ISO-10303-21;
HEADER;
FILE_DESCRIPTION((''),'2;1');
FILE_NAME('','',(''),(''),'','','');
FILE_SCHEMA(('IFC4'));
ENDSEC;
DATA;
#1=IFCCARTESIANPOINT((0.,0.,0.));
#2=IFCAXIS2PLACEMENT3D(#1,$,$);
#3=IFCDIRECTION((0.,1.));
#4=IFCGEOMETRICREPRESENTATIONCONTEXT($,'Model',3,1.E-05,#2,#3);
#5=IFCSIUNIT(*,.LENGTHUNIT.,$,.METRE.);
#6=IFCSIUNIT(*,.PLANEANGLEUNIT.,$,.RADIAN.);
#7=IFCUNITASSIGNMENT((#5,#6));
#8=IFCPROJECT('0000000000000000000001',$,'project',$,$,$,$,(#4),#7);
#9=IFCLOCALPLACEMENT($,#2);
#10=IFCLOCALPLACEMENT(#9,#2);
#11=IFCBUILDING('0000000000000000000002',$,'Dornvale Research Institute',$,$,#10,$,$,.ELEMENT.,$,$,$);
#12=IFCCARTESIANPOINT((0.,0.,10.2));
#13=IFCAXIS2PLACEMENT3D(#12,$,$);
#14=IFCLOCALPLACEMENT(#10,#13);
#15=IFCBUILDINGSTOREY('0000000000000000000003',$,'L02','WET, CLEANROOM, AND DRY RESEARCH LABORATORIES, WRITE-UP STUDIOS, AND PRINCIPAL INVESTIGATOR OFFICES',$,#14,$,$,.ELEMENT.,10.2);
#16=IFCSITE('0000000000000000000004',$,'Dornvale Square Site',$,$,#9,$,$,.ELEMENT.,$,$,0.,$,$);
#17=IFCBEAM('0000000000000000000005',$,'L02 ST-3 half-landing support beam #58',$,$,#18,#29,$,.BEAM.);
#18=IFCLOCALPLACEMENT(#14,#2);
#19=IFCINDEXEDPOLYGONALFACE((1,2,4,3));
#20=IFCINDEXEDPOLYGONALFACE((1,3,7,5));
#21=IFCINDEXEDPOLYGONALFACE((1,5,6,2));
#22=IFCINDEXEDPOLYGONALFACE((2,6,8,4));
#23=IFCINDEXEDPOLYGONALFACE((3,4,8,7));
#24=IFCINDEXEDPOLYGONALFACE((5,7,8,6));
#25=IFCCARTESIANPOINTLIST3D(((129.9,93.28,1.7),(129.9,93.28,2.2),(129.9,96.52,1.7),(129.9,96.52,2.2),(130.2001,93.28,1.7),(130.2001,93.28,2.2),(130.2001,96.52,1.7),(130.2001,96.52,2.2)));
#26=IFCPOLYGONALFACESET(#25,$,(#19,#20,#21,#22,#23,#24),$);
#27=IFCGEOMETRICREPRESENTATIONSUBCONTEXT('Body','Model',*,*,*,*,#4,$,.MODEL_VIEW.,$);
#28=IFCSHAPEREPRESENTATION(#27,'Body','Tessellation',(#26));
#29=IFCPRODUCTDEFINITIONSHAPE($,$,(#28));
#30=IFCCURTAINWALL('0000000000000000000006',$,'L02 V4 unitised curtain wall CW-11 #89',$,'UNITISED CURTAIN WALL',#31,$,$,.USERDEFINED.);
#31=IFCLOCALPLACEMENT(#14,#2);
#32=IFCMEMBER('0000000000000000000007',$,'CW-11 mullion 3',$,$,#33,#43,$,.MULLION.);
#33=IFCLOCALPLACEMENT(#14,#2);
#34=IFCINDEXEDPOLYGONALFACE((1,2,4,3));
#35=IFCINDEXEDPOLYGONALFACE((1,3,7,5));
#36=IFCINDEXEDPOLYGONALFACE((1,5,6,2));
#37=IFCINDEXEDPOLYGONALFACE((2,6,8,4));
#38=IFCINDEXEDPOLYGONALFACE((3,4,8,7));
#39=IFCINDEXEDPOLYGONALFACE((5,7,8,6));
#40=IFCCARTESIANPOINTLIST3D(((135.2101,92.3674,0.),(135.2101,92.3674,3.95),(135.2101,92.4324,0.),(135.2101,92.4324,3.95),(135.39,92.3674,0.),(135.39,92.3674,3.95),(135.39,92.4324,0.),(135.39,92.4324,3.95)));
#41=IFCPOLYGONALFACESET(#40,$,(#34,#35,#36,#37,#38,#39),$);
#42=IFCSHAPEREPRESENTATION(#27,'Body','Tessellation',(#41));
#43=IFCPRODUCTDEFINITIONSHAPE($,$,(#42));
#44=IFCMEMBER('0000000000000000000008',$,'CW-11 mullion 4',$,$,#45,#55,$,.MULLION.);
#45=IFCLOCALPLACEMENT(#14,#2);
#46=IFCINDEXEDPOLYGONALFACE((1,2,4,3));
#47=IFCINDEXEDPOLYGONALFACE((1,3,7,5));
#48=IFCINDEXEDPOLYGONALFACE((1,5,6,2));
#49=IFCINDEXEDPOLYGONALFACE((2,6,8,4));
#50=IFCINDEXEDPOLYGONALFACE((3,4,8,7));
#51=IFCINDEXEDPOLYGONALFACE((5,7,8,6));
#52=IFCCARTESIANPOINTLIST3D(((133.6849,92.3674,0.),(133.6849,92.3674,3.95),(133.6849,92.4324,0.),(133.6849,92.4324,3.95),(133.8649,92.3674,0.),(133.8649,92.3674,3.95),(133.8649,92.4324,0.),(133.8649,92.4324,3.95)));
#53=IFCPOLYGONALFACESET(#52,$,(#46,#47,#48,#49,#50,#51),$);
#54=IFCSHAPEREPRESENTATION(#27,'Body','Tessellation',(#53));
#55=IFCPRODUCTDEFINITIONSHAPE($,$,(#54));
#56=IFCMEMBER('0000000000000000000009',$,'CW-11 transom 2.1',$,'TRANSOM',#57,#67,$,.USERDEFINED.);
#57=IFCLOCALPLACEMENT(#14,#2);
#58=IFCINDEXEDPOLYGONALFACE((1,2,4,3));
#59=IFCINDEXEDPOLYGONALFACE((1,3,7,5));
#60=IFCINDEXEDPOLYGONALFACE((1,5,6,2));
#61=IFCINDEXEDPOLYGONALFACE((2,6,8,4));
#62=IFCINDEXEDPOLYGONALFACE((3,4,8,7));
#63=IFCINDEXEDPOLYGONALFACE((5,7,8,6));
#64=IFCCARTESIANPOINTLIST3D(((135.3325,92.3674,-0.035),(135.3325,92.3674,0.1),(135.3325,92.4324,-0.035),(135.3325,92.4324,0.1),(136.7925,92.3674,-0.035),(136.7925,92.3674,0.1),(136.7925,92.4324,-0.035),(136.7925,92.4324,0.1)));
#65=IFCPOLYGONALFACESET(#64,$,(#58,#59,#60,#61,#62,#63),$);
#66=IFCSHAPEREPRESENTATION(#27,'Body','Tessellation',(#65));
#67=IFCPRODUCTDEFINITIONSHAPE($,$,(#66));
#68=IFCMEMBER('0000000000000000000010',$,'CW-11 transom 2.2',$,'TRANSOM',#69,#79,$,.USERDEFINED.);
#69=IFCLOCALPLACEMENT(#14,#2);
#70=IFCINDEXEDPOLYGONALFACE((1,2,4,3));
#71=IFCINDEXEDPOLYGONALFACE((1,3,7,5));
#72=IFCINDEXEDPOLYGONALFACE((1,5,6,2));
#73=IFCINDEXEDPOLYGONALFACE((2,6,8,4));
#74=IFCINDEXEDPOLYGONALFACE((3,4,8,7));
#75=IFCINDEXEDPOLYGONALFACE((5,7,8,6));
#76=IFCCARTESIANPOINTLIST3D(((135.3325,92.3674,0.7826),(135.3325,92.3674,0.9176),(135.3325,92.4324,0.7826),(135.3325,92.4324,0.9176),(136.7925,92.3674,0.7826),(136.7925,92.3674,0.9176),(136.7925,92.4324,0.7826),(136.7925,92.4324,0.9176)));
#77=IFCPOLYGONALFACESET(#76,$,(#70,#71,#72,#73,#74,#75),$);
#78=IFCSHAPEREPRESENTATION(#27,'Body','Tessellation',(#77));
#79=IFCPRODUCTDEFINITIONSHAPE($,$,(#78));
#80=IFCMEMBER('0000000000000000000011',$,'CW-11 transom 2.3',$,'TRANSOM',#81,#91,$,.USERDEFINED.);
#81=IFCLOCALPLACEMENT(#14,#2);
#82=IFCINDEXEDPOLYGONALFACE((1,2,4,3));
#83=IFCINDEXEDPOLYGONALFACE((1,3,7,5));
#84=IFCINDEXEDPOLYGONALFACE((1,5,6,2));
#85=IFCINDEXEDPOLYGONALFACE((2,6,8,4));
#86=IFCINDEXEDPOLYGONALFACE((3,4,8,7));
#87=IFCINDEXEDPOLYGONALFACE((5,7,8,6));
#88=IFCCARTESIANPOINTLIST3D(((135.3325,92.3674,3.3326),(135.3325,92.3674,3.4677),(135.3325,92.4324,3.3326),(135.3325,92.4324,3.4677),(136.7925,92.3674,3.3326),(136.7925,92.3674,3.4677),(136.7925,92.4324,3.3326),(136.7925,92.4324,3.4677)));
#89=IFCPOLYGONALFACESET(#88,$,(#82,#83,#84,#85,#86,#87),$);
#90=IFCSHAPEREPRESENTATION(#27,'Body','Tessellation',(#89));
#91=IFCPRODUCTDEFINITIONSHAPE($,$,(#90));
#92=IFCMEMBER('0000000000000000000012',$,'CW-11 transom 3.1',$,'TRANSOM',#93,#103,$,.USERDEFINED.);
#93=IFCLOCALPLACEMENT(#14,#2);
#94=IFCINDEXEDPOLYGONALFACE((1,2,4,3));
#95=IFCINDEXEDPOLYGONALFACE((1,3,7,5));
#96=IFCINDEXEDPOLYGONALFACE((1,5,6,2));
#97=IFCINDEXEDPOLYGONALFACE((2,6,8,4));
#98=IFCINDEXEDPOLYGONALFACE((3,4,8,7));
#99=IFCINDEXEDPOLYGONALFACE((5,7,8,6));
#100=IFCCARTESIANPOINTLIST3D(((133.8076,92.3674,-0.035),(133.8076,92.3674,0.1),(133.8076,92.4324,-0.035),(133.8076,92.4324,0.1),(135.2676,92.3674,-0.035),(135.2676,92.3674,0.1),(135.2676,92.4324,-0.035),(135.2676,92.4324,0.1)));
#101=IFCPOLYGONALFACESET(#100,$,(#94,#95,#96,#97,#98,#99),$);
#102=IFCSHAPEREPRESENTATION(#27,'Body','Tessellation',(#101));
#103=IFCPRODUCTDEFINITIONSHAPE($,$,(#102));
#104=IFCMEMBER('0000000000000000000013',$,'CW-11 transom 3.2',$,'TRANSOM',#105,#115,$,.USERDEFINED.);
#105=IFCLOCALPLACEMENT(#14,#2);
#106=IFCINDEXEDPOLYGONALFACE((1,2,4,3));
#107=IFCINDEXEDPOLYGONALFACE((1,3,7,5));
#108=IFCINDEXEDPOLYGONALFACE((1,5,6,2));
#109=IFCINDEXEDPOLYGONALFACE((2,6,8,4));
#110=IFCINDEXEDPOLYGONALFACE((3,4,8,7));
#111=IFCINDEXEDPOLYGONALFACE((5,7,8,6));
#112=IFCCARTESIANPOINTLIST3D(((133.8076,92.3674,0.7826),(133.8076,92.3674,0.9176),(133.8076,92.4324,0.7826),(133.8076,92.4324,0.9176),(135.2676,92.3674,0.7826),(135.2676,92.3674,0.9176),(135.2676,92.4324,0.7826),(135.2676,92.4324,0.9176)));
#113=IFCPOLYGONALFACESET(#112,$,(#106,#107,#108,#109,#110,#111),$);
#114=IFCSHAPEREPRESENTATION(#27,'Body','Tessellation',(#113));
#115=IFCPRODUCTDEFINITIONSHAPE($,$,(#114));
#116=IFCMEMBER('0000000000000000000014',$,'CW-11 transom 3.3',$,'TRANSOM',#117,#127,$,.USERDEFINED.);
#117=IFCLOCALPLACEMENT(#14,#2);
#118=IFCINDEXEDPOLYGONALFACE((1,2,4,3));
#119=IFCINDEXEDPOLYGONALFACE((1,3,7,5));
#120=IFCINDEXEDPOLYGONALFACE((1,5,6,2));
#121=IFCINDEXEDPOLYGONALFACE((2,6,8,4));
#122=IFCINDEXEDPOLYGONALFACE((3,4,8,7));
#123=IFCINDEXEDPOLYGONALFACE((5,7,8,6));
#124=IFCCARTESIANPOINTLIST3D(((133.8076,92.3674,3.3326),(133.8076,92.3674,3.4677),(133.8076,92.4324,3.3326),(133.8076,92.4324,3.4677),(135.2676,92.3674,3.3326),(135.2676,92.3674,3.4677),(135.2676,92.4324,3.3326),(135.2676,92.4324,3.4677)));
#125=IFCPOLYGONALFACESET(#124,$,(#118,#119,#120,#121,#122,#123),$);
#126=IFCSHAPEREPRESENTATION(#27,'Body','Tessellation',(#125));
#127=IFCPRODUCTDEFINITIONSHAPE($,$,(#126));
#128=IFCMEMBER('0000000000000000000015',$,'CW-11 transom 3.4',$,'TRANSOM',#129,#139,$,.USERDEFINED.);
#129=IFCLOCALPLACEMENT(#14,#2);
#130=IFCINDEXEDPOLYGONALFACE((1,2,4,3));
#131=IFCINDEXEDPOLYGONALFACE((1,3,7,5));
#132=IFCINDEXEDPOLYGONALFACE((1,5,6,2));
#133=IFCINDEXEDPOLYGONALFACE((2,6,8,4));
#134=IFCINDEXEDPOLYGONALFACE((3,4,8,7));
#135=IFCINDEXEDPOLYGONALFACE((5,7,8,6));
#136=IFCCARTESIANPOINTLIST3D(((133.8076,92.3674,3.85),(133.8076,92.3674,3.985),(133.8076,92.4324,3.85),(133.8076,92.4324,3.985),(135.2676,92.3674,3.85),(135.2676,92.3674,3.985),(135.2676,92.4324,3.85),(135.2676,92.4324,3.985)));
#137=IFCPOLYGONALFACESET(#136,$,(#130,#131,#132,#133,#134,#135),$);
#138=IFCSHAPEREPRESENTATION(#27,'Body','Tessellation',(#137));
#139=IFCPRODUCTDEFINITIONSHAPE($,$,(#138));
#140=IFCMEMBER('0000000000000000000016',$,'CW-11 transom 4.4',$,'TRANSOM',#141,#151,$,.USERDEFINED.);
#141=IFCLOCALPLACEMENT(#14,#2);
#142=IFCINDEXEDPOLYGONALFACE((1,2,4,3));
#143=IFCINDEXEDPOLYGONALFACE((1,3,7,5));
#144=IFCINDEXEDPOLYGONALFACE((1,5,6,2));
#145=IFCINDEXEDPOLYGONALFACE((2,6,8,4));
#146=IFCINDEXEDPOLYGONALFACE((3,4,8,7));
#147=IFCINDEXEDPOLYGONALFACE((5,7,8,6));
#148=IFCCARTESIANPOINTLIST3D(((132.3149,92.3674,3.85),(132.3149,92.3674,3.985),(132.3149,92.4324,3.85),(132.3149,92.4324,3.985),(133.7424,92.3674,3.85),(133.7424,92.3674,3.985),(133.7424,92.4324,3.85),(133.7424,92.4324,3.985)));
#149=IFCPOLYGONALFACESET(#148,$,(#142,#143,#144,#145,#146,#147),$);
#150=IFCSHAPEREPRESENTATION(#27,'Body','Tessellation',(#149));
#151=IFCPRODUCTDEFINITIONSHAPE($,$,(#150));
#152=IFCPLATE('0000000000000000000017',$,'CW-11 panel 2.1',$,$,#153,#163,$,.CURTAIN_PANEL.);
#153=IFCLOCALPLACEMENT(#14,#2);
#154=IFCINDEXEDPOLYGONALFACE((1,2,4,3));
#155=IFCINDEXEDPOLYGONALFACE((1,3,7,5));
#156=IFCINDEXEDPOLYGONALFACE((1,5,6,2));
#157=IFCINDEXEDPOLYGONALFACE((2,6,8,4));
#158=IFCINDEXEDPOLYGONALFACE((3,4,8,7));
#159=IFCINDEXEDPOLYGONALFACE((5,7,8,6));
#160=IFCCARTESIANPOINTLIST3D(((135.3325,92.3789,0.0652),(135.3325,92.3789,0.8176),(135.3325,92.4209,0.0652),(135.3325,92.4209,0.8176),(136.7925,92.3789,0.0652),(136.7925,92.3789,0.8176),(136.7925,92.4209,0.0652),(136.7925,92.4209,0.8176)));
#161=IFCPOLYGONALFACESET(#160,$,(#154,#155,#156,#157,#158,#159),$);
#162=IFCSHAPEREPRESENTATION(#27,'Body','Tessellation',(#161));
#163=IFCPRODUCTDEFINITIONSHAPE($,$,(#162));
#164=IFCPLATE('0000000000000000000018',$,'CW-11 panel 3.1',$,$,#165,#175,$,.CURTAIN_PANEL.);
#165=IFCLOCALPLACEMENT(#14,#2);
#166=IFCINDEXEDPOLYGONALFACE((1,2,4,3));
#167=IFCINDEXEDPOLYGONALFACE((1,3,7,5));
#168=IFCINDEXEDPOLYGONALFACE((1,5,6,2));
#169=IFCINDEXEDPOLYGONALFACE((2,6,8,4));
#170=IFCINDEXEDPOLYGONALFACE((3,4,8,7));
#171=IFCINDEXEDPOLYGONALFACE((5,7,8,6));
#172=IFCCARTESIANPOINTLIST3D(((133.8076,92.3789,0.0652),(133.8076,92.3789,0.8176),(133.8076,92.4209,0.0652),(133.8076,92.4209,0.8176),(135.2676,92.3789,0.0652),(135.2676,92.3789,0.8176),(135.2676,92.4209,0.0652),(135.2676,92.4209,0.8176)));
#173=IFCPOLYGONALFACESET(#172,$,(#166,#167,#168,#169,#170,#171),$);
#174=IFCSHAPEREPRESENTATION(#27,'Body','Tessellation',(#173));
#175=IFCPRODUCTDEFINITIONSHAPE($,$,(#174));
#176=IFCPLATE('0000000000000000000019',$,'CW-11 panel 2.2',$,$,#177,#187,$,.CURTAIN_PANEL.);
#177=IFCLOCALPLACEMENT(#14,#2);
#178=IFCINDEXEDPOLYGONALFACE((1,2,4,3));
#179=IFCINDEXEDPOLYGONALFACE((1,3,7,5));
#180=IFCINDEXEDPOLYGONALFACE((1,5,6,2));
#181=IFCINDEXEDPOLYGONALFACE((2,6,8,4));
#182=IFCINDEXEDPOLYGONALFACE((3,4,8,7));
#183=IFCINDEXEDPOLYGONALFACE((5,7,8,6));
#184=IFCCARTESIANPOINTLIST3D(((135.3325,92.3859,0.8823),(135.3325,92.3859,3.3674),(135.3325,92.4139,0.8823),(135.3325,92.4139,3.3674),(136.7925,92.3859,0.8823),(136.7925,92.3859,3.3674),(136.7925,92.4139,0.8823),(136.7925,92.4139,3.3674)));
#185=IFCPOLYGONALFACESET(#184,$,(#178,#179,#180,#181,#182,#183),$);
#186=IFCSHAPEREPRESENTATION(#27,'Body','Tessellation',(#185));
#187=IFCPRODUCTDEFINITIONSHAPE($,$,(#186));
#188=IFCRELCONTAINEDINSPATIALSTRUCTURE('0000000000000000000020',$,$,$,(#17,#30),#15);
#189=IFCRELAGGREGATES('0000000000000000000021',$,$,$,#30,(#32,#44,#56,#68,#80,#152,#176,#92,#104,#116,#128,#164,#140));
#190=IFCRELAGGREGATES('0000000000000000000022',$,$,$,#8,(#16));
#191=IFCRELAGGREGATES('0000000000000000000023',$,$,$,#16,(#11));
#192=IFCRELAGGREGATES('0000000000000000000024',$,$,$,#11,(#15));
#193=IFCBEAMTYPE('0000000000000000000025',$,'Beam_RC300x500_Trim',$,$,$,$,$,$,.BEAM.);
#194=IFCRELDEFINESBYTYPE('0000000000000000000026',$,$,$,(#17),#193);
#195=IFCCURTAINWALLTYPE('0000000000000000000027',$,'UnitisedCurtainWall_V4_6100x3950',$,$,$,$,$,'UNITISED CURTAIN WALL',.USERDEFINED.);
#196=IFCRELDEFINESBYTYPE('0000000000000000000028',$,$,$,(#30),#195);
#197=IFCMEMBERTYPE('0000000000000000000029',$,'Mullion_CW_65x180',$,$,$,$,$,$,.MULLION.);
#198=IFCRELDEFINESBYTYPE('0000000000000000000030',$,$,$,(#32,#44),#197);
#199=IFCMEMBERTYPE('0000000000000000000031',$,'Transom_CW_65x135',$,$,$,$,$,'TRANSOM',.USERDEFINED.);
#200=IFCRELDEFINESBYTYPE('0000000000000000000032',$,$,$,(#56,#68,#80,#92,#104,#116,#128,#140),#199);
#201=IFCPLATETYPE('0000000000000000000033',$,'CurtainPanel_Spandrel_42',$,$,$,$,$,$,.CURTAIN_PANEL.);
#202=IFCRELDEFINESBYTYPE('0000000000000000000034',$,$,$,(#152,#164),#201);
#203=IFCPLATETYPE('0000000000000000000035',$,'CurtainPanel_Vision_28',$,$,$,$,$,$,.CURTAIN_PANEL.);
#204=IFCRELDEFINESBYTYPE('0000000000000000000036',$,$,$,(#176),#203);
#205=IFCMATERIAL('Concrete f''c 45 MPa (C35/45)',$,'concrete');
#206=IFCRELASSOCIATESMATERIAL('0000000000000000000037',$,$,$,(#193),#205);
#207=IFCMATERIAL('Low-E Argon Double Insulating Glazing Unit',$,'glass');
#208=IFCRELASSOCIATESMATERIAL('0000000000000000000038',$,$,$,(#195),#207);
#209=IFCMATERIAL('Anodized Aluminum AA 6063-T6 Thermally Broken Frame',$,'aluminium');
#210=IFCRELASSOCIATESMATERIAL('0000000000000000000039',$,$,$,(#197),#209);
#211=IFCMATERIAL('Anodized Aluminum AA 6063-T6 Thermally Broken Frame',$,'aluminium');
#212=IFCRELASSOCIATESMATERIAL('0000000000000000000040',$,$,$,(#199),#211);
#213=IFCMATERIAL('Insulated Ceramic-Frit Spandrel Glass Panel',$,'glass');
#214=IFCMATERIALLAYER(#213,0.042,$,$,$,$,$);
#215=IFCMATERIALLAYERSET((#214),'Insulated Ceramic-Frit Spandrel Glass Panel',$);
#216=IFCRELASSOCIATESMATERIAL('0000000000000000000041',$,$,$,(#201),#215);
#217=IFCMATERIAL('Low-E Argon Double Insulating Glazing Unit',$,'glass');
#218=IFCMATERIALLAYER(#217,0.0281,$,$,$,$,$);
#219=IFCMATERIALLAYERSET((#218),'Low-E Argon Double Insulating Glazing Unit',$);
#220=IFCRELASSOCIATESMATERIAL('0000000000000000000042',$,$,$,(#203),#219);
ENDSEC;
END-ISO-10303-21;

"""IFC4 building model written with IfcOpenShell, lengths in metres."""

from ifc_helpers import new_model, si_unit, direction, frame, origin, origin_2d, place, context, subcontext, project, spatial, rectangle, extrude, material, layer, layer_set, material_profile, profile_set, type_object, element, aggregate, save


model = new_model("IFC4")

# Units and contexts
model_context = context("Model", 3, precision=1e-05, world=origin(), true_north=direction((0.0, 1.0)))
body_context = subcontext(model_context, "Body", "Model", "MODEL_VIEW")
ifc_project = project(units=[si_unit("LENGTHUNIT", "METRE"), si_unit("PLANEANGLEUNIT", "RADIAN")], contexts=[model_context])

# Site, building, storey
site_placement = place(None, origin())
site = spatial("IfcSite", under=ifc_project, at=site_placement, Name="Dornvale Square Site", CompositionType="ELEMENT", RefElevation=0.0)
building_placement = place(site_placement, origin())
building = spatial("IfcBuilding", under=site, at=building_placement, Name="Dornvale Research Institute", CompositionType="ELEMENT")
storey_placement = place(building_placement, frame((0.0, 0.0, 10.2)))
storey = spatial("IfcBuildingStorey", under=building, at=storey_placement, Name="L02", Description="WET, CLEANROOM, AND DRY RESEARCH LABORATORIES, WRITE-UP STUDIOS, AND PRINCIPAL INVESTIGATOR OFFICES", CompositionType="ELEMENT", Elevation=10.2)

# Beam
ifc_material_1 = material(Name="Concrete f'c 45 MPa (C35/45)", Category="concrete")
ifc_material_profile_1 = material_profile(ifc_material_1, rectangle(XDim=0.3, YDim=0.5, at=origin_2d()), Name="RC 300x500")
ifc_profile_set_1 = profile_set([ifc_material_profile_1], Name="Concrete f'c 45 MPa (C35/45)")
beam_type = type_object("IfcBeamType", Name="Beam_RC300x500_Trim", PredefinedType="BEAM", material=ifc_profile_set_1)
beam_placement = place(storey_placement, frame((130.05, 93.28, 1.95), z_axis=(0.0, 1.0, 0.0), x_axis=(-1.0, 0.0, 0.0)))
element("IfcBeam", 1, at=beam_placement, inside=storey, type_object=beam_type, Name="L02 ST-3 half-landing support beam #58", PredefinedType="BEAM", context=body_context, shape_type="SweptSolid", body=[
    extrude(rectangle(XDim=0.3, YDim=0.5, at=origin_2d()), origin(), (0.0, 0.0, 1.0), 3.24),
])

# Curtain wall, members, plates
ifc_material_2 = material(Name="Low-E Argon Double Insulating Glazing Unit", Category="glass")
curtain_wall_type = type_object("IfcCurtainWallType", Name="UnitisedCurtainWall_V4_6100x3950", ElementType="UNITISED CURTAIN WALL", PredefinedType="USERDEFINED", material=ifc_material_2)
curtain_wall_placement = place(storey_placement, origin())
curtain_wall = element("IfcCurtainWall", 2, at=curtain_wall_placement, inside=storey, type_object=curtain_wall_type, Name="L02 V4 unitised curtain wall CW-11 #89", ObjectType="UNITISED CURTAIN WALL", PredefinedType="USERDEFINED")
ifc_material_3 = material(Name="Anodized Aluminum AA 6063-T6 Thermally Broken Frame", Category="aluminium")
ifc_material_profile_2 = material_profile(ifc_material_3, rectangle(XDim=0.0649, YDim=0.1799, at=origin_2d()), Name="ALU MULLION 65x180")
ifc_profile_set_2 = profile_set([ifc_material_profile_2], Name="Anodized Aluminum AA 6063-T6 Thermally Broken Frame")
member_type_1 = type_object("IfcMemberType", Name="Mullion_CW_65x180", PredefinedType="MULLION", material=ifc_profile_set_2)
member_1_placement = place(storey_placement, frame((135.3, 92.3999, 0.0), z_axis=(0.0, 0.0, 1.0), x_axis=(0.0, -1.0, 0.0)))
member_1 = element("IfcMember", 3, at=member_1_placement, type_object=member_type_1, Name="CW-11 mullion 3", PredefinedType="MULLION", context=body_context, shape_type="SweptSolid", body=[
    extrude(rectangle(XDim=0.0649, YDim=0.1799, at=origin_2d()), origin(), (0.0, 0.0, 1.0), 3.95),
])
member_2_placement = place(storey_placement, frame((133.7749, 92.3999, 0.0), z_axis=(0.0, 0.0, 1.0), x_axis=(0.0, -1.0, 0.0)))
member_2 = element("IfcMember", 4, at=member_2_placement, type_object=member_type_1, Name="CW-11 mullion 4", PredefinedType="MULLION", context=body_context, shape_type="SweptSolid", body=[
    extrude(rectangle(XDim=0.0649, YDim=0.1799, at=origin_2d()), origin(), (0.0, 0.0, 1.0), 3.95),
])
ifc_material_4 = material(Name="Anodized Aluminum AA 6063-T6 Thermally Broken Frame", Category="aluminium")
ifc_material_profile_3 = material_profile(ifc_material_4, rectangle(XDim=0.0649, YDim=0.135, at=origin_2d()), Name="ALU TRANSOM 65x135")
ifc_profile_set_3 = profile_set([ifc_material_profile_3], Name="Anodized Aluminum AA 6063-T6 Thermally Broken Frame")
member_type_2 = type_object("IfcMemberType", Name="Transom_CW_65x135", ElementType="TRANSOM", PredefinedType="USERDEFINED", material=ifc_profile_set_3)
member_3_placement = place(storey_placement, frame((136.7925, 92.3999, 0.0325), z_axis=(-1.0, 0.0, 0.0), x_axis=(0.0, -1.0, 0.0)))
member_3 = element("IfcMember", 5, at=member_3_placement, type_object=member_type_2, Name="CW-11 transom 2.1", ObjectType="TRANSOM", PredefinedType="USERDEFINED", context=body_context, shape_type="SweptSolid", body=[
    extrude(rectangle(XDim=0.0649, YDim=0.135, at=origin_2d()), origin(), (0.0, 0.0, 1.0), 1.46),
])
member_4_placement = place(storey_placement, frame((136.7925, 92.3999, 0.8501), z_axis=(-1.0, 0.0, 0.0), x_axis=(0.0, -1.0, 0.0)))
member_4 = element("IfcMember", 6, at=member_4_placement, type_object=member_type_2, Name="CW-11 transom 2.2", ObjectType="TRANSOM", PredefinedType="USERDEFINED", context=body_context, shape_type="SweptSolid", body=[
    extrude(rectangle(XDim=0.0649, YDim=0.135, at=origin_2d()), origin(), (0.0, 0.0, 1.0), 1.46),
])
member_5_placement = place(storey_placement, frame((136.7925, 92.3999, 3.4001), z_axis=(-1.0, 0.0, 0.0), x_axis=(0.0, -1.0, 0.0)))
member_5 = element("IfcMember", 7, at=member_5_placement, type_object=member_type_2, Name="CW-11 transom 2.3", ObjectType="TRANSOM", PredefinedType="USERDEFINED", context=body_context, shape_type="SweptSolid", body=[
    extrude(rectangle(XDim=0.0649, YDim=0.135, at=origin_2d()), origin(), (0.0, 0.0, 1.0), 1.46),
])
member_6_placement = place(storey_placement, frame((135.2676, 92.3999, 0.0325), z_axis=(-1.0, 0.0, 0.0), x_axis=(0.0, -1.0, 0.0)))
member_6 = element("IfcMember", 8, at=member_6_placement, type_object=member_type_2, Name="CW-11 transom 3.1", ObjectType="TRANSOM", PredefinedType="USERDEFINED", context=body_context, shape_type="SweptSolid", body=[
    extrude(rectangle(XDim=0.0649, YDim=0.135, at=origin_2d()), origin(), (0.0, 0.0, 1.0), 1.46),
])
member_7_placement = place(storey_placement, frame((135.2676, 92.3999, 0.8501), z_axis=(-1.0, 0.0, 0.0), x_axis=(0.0, -1.0, 0.0)))
member_7 = element("IfcMember", 9, at=member_7_placement, type_object=member_type_2, Name="CW-11 transom 3.2", ObjectType="TRANSOM", PredefinedType="USERDEFINED", context=body_context, shape_type="SweptSolid", body=[
    extrude(rectangle(XDim=0.0649, YDim=0.135, at=origin_2d()), origin(), (0.0, 0.0, 1.0), 1.46),
])
member_8_placement = place(storey_placement, frame((135.2676, 92.3999, 3.4001), z_axis=(-1.0, 0.0, 0.0), x_axis=(0.0, -1.0, 0.0)))
member_8 = element("IfcMember", 10, at=member_8_placement, type_object=member_type_2, Name="CW-11 transom 3.3", ObjectType="TRANSOM", PredefinedType="USERDEFINED", context=body_context, shape_type="SweptSolid", body=[
    extrude(rectangle(XDim=0.0649, YDim=0.135, at=origin_2d()), origin(), (0.0, 0.0, 1.0), 1.46),
])
member_9_placement = place(storey_placement, frame((135.2676, 92.3999, 3.9175), z_axis=(-1.0, 0.0, 0.0), x_axis=(0.0, -1.0, 0.0)))
member_9 = element("IfcMember", 11, at=member_9_placement, type_object=member_type_2, Name="CW-11 transom 3.4", ObjectType="TRANSOM", PredefinedType="USERDEFINED", context=body_context, shape_type="SweptSolid", body=[
    extrude(rectangle(XDim=0.0649, YDim=0.135, at=origin_2d()), origin(), (0.0, 0.0, 1.0), 1.46),
])
member_10_placement = place(storey_placement, frame((133.7424, 92.3999, 3.9175), z_axis=(-1.0, 0.0, 0.0), x_axis=(0.0, -1.0, 0.0)))
member_10 = element("IfcMember", 12, at=member_10_placement, type_object=member_type_2, Name="CW-11 transom 4.4", ObjectType="TRANSOM", PredefinedType="USERDEFINED", context=body_context, shape_type="SweptSolid", body=[
    extrude(rectangle(XDim=0.0649, YDim=0.135, at=origin_2d()), origin(), (0.0, 0.0, 1.0), 1.4275),
])
ifc_material_5 = material(Name="Insulated Ceramic-Frit Spandrel Glass Panel", Category="glass")
ifc_layer_1 = layer(ifc_material_5, 0.042)
ifc_layer_set_1 = layer_set([ifc_layer_1], Name="Insulated Ceramic-Frit Spandrel Glass Panel")
plate_type_1 = type_object("IfcPlateType", Name="CurtainPanel_Spandrel_42", PredefinedType="CURTAIN_PANEL", material=ifc_layer_set_1)
plate_1_placement = place(storey_placement, frame((136.0625, 92.3999, 0.0652), z_axis=(0.0, 0.0, 1.0), x_axis=(-1.0, 0.0, 0.0)))
plate_1 = element("IfcPlate", 13, at=plate_1_placement, type_object=plate_type_1, Name="CW-11 panel 2.1", PredefinedType="CURTAIN_PANEL", context=body_context, shape_type="SweptSolid", body=[
    extrude(rectangle(XDim=1.46, YDim=0.042, at=origin_2d()), origin(), (0.0, 0.0, 1.0), 0.7524),
])
plate_2_placement = place(storey_placement, frame((134.5376, 92.3999, 0.0652), z_axis=(0.0, 0.0, 1.0), x_axis=(-1.0, 0.0, 0.0)))
plate_2 = element("IfcPlate", 14, at=plate_2_placement, type_object=plate_type_1, Name="CW-11 panel 3.1", PredefinedType="CURTAIN_PANEL", context=body_context, shape_type="SweptSolid", body=[
    extrude(rectangle(XDim=1.46, YDim=0.042, at=origin_2d()), origin(), (0.0, 0.0, 1.0), 0.7524),
])
ifc_material_6 = material(Name="Low-E Argon Double Insulating Glazing Unit", Category="glass")
ifc_layer_2 = layer(ifc_material_6, 0.0281)
ifc_layer_set_2 = layer_set([ifc_layer_2], Name="Low-E Argon Double Insulating Glazing Unit")
plate_type_2 = type_object("IfcPlateType", Name="CurtainPanel_Vision_28", PredefinedType="CURTAIN_PANEL", material=ifc_layer_set_2)
plate_3_placement = place(storey_placement, frame((136.0625, 92.3999, 0.8823), z_axis=(0.0, 0.0, 1.0), x_axis=(-1.0, 0.0, 0.0)))
plate_3 = element("IfcPlate", 15, at=plate_3_placement, type_object=plate_type_2, Name="CW-11 panel 2.2", PredefinedType="CURTAIN_PANEL", context=body_context, shape_type="SweptSolid", body=[
    extrude(rectangle(XDim=1.46, YDim=0.0281, at=origin_2d()), origin(), (0.0, 0.0, 1.0), 2.4851),
])
aggregate(curtain_wall, [member_1, member_2, member_3, member_4, member_5, plate_1, plate_3, member_6, member_7, member_8, member_9, plate_2, member_10])

save(model, "model.ifc")
